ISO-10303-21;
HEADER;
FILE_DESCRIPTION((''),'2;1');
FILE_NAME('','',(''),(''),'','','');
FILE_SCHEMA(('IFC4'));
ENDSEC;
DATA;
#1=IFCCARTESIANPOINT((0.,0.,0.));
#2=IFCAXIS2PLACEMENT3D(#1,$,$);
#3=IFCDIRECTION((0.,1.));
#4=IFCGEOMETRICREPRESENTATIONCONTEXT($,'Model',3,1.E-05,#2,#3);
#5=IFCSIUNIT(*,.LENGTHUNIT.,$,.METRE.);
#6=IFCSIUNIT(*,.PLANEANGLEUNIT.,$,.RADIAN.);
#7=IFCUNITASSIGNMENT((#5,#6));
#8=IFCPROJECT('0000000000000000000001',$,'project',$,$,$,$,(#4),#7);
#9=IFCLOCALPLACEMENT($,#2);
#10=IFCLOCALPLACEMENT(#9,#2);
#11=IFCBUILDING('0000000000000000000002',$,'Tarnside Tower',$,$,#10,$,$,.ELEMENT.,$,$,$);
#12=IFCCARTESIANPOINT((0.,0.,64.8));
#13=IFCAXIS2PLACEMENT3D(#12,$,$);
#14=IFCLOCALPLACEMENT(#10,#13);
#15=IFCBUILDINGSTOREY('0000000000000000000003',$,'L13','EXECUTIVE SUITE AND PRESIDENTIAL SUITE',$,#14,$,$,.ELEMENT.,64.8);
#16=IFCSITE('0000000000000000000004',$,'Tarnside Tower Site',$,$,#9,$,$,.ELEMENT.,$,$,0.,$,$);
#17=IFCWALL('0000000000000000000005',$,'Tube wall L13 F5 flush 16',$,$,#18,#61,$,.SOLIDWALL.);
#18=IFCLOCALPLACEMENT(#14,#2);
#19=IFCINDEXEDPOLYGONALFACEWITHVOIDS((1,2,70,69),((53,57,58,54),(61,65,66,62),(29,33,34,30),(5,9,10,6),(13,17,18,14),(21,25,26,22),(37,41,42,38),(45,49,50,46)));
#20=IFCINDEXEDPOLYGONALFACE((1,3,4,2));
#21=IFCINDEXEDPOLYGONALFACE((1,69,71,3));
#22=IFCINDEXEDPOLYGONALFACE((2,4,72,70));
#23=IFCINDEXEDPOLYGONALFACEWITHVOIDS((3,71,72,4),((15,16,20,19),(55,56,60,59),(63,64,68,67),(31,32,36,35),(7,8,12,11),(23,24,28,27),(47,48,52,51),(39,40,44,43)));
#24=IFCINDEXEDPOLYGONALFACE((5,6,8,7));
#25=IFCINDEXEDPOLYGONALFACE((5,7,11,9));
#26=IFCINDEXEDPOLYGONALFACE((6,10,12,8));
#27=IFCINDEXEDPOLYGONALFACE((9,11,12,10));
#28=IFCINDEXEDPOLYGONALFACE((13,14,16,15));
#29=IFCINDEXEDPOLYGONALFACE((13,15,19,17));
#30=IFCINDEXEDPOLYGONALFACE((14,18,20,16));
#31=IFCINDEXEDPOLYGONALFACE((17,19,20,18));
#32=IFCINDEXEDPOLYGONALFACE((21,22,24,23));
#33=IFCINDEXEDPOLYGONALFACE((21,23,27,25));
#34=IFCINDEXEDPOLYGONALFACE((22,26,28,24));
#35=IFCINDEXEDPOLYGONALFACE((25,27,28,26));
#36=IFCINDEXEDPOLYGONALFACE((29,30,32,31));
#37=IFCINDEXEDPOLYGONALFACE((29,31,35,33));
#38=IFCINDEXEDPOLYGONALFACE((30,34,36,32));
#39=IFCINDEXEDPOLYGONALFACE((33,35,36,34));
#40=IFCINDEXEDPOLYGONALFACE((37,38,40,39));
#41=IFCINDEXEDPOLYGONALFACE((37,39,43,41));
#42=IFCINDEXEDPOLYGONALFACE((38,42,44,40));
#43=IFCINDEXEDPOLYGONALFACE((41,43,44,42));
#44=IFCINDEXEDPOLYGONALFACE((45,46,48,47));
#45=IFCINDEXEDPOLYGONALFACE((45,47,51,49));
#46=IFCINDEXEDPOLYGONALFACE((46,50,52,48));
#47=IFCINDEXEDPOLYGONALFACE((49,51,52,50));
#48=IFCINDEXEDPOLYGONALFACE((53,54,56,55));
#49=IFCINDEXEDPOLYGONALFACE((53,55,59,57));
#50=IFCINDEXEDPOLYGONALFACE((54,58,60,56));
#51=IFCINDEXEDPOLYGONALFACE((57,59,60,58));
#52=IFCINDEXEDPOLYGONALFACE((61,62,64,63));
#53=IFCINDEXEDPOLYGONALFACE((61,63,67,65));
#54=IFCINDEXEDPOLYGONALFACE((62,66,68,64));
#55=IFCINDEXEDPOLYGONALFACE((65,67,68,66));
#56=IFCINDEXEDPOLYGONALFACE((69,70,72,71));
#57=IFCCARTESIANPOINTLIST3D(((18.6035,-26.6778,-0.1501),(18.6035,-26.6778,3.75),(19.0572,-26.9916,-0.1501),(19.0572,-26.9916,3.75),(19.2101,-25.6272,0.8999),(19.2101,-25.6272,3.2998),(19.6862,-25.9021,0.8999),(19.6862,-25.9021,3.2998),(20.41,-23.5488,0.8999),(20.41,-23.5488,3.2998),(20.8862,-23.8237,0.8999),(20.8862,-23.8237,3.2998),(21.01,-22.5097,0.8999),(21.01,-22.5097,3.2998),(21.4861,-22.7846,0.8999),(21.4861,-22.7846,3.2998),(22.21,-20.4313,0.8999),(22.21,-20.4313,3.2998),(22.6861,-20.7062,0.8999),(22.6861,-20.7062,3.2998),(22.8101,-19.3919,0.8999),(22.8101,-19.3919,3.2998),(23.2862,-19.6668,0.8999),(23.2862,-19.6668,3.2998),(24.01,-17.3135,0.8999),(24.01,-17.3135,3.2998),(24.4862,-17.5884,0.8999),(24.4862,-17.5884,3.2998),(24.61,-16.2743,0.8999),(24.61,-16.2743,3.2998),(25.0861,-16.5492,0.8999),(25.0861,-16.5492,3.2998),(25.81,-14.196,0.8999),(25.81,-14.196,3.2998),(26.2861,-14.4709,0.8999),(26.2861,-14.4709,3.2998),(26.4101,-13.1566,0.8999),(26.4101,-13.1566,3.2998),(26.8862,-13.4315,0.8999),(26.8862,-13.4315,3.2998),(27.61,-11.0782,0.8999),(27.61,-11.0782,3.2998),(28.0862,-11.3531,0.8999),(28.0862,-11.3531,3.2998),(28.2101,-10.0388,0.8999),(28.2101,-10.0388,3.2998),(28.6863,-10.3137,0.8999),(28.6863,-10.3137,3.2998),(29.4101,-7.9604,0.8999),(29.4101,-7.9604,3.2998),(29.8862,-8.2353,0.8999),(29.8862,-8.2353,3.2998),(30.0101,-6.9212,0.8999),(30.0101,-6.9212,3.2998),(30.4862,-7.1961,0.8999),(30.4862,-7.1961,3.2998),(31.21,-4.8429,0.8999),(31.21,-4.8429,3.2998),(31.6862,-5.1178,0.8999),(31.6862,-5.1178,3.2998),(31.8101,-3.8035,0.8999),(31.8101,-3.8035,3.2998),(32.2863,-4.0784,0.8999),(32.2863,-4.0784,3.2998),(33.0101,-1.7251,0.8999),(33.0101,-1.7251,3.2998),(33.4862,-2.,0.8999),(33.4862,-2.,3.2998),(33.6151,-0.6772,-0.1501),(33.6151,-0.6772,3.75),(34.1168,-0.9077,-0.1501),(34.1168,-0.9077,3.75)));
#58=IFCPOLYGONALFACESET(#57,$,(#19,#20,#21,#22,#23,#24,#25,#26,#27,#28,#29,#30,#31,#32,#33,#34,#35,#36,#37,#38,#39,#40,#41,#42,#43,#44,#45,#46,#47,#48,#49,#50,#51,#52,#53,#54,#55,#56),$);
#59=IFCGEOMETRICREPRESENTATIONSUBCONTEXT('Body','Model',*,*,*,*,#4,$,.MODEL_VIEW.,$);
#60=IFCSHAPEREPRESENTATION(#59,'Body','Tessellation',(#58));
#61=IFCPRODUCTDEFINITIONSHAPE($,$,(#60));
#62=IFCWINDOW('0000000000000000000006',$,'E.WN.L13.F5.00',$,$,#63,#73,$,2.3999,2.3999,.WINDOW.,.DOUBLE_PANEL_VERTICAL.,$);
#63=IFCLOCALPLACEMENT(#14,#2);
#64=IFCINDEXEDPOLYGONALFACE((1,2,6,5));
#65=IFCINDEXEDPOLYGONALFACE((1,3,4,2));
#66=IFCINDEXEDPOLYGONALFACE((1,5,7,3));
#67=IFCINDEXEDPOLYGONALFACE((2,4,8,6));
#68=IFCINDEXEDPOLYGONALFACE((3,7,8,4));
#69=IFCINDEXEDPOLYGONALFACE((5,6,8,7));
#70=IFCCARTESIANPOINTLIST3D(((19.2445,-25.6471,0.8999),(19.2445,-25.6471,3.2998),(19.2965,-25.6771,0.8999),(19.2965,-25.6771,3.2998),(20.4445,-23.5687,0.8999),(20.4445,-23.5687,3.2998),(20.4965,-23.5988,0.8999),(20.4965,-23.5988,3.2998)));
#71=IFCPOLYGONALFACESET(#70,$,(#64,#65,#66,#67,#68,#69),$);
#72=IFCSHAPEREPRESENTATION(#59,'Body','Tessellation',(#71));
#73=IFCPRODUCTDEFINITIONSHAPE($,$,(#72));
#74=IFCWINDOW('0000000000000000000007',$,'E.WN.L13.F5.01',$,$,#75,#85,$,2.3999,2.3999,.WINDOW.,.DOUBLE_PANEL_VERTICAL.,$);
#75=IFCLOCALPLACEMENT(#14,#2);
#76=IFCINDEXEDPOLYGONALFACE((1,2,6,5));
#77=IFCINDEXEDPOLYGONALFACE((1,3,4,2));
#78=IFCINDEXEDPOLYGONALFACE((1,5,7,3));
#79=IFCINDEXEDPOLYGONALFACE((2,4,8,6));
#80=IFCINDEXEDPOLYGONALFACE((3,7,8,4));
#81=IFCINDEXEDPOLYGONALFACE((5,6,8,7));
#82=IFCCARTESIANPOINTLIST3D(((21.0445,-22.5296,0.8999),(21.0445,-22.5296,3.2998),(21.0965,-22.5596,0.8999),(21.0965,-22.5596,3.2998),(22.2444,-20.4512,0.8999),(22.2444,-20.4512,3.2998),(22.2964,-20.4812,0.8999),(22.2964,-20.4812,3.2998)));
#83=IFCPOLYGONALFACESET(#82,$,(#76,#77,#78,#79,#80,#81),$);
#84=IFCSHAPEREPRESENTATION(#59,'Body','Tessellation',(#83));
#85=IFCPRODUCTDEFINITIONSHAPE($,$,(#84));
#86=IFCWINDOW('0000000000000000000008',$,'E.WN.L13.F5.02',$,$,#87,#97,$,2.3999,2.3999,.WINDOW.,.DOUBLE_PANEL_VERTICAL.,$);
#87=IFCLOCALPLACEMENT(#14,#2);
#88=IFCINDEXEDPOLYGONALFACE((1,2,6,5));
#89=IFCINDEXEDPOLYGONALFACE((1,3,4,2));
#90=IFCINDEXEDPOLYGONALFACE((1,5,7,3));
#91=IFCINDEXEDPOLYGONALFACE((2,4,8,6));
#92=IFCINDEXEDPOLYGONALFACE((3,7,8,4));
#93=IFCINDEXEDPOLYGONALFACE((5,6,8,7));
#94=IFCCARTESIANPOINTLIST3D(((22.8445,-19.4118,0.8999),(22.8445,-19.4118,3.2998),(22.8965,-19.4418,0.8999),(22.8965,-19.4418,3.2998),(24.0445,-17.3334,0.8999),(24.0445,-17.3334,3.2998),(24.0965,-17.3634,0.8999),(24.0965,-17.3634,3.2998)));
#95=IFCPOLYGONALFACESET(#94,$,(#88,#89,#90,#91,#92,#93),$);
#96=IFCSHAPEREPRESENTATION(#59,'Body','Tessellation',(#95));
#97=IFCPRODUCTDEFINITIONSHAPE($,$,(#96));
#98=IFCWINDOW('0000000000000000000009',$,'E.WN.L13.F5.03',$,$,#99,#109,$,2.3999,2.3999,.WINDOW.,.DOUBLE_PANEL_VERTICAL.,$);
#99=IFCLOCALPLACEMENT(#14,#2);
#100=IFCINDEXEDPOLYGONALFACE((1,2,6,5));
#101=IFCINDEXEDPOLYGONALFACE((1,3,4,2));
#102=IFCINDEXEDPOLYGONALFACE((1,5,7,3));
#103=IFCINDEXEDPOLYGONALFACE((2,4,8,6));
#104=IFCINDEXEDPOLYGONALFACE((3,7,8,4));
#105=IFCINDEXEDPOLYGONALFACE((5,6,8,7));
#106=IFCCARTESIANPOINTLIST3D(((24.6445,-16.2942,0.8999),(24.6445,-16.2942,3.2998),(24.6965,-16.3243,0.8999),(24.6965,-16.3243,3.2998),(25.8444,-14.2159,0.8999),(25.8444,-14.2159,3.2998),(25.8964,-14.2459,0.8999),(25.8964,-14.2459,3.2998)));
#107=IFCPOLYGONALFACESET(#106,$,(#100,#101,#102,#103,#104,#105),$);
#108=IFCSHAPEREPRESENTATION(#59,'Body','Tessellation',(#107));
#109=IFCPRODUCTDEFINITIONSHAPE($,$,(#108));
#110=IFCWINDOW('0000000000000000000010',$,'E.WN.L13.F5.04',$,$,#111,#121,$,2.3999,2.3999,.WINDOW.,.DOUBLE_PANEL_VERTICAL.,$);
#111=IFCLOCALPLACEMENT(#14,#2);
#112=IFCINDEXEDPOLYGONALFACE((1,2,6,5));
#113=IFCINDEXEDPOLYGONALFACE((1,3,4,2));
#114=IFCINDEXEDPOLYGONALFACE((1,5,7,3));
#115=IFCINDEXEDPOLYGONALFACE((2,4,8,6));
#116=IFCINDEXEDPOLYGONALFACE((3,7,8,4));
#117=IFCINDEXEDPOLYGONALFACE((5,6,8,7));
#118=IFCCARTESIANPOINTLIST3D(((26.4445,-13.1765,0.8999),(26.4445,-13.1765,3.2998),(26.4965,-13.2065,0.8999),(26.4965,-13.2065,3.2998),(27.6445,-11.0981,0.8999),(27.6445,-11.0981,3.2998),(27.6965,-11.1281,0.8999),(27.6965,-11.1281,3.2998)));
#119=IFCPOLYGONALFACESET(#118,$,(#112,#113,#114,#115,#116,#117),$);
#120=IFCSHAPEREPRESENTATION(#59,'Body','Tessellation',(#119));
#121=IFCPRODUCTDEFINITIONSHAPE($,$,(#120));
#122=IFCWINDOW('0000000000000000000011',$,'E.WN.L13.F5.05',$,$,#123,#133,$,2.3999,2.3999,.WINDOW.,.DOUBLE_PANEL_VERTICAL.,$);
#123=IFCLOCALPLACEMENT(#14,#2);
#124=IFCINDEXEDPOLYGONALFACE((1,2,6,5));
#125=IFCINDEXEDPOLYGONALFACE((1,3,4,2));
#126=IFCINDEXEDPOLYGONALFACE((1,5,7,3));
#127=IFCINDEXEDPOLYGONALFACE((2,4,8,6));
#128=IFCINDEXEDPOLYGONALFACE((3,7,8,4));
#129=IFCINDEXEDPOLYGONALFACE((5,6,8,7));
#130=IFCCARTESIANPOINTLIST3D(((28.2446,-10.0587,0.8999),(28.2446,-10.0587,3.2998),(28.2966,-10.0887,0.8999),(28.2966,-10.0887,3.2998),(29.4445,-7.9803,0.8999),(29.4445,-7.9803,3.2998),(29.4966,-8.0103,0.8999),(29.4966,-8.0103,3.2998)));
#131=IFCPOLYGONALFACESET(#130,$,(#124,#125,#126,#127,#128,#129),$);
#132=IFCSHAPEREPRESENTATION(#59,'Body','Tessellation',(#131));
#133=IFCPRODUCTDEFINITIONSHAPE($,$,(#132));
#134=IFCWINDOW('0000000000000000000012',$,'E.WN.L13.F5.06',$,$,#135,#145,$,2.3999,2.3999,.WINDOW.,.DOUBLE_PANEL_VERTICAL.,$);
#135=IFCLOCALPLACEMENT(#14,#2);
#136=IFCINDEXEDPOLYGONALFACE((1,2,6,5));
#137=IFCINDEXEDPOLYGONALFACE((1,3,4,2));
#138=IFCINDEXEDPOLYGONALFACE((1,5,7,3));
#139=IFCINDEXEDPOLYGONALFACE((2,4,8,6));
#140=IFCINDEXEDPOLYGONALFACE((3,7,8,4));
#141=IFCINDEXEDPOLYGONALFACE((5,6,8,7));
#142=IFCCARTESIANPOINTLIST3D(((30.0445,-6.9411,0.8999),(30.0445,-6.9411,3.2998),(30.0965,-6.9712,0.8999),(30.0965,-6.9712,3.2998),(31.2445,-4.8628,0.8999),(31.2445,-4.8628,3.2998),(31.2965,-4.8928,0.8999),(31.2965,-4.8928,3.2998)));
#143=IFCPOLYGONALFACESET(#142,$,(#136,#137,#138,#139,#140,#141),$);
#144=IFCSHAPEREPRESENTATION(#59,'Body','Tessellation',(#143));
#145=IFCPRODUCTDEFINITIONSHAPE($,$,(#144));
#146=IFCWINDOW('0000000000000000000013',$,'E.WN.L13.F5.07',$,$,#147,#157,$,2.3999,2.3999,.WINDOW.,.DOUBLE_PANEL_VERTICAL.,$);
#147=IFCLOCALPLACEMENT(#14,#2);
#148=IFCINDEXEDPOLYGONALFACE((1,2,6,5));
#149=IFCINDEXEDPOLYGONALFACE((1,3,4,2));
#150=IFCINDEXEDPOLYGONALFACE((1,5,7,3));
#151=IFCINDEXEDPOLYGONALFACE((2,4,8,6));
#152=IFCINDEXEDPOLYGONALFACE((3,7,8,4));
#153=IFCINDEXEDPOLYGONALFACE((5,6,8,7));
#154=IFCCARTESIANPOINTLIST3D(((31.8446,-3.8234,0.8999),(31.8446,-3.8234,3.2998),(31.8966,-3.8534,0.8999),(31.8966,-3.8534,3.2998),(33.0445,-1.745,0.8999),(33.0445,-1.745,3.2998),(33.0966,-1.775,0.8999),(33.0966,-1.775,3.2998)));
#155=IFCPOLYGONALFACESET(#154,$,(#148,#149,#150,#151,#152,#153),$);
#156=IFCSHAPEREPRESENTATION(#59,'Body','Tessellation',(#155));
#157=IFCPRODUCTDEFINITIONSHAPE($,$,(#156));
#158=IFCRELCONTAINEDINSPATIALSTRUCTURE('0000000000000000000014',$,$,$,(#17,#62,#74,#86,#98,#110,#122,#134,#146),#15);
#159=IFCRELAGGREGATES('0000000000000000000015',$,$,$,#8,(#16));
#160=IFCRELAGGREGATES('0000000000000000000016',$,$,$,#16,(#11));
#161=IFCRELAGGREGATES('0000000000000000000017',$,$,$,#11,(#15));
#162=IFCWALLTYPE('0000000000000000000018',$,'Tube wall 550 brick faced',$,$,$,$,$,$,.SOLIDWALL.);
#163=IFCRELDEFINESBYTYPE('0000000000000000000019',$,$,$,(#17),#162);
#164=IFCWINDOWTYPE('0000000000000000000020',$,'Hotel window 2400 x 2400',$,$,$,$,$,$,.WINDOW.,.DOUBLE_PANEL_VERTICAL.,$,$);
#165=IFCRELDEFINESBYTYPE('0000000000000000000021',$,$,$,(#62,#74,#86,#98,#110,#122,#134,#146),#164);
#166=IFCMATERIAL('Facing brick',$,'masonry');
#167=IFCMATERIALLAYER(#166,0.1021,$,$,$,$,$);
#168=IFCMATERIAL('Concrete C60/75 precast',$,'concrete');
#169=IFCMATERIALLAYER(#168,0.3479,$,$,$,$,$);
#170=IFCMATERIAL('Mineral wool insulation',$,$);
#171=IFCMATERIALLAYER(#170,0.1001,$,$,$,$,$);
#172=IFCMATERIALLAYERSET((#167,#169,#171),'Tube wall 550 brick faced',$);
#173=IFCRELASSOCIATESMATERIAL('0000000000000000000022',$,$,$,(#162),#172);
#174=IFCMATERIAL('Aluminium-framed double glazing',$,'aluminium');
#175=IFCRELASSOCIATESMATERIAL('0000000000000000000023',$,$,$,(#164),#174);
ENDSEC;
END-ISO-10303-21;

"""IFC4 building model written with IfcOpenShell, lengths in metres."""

from ifc_helpers import new_model, si_unit, direction, frame, frame_2d, origin, place, context, subcontext, project, spatial, polyline, rectangle, outline, extrude, material, layer, layer_set, type_object, element, fill, save


model = new_model("IFC4")

# Units and contexts
model_context = context("Model", 3, precision=1e-05, world=origin(), true_north=direction((0.0, 1.0)))
body_context = subcontext(model_context, "Body", "Model", "MODEL_VIEW")
ifc_project = project(units=[si_unit("LENGTHUNIT", "METRE"), si_unit("PLANEANGLEUNIT", "RADIAN")], contexts=[model_context])

# Site, building, storey
site_placement = place(None, origin())
site = spatial("IfcSite", under=ifc_project, at=site_placement, Name="Tarnside Tower Site", CompositionType="ELEMENT", RefElevation=0.0)
building_placement = place(site_placement, origin())
building = spatial("IfcBuilding", under=site, at=building_placement, Name="Tarnside Tower", CompositionType="ELEMENT")
storey_placement = place(building_placement, frame((0.0, 0.0, 64.8)))
storey = spatial("IfcBuildingStorey", under=building, at=storey_placement, Name="L13", Description="EXECUTIVE SUITE AND PRESIDENTIAL SUITE", CompositionType="ELEMENT", Elevation=64.8)

# Shared definitions
ifc_material_1 = material(Name="Facing brick", Category="masonry")
ifc_layer_1 = layer(ifc_material_1, 0.1021)
ifc_material_2 = material(Name="Concrete C60/75 precast", Category="concrete")
ifc_layer_2 = layer(ifc_material_2, 0.3479)
ifc_material_3 = material(Name="Mineral wool insulation")
ifc_layer_3 = layer(ifc_material_3, 0.1001)
ifc_layer_set_1 = layer_set([ifc_layer_1, ifc_layer_2, ifc_layer_3], Name="Tube wall 550 brick faced")
wall_type_1 = type_object("IfcWallType", Name="Tube wall 550 brick faced", PredefinedType="SOLIDWALL", material=ifc_layer_set_1)

# Wall, openings, windows
wall_1_placement = place(storey_placement, frame((18.8303, -26.8347, -0.1501), z_axis=(0.0, 0.0, 1.0), x_axis=(0.500004, 0.866023, 0.0)))
wall_1 = element("IfcWall", 1, at=wall_1_placement, inside=storey, type_object=wall_type_1, Name="Tube wall L13 F5 flush 16", PredefinedType="SOLIDWALL", context=body_context, shape_type="SweptSolid", body=[
    extrude(outline(polyline([(-0.0225, -0.2749), (30.0967, -0.2749), (30.0454, 0.2749), (0.0225, 0.2749), (-0.0225, -0.2749)])), origin(), (0.0, 0.0, 1.0), 3.9001),
])
opening_1_placement = place(wall_1_placement, frame((1.2356, 0.0, 1.05)))
opening_1 = element("IfcOpeningElement", 2, at=opening_1_placement, cuts=wall_1, PredefinedType="OPENING", context=body_context, shape_type="SweptSolid", body=[
    extrude(rectangle(XDim=2.3999, YDim=2.3999, at=frame_2d((1.2, 1.2))), frame((0.0, 0.2852, 0.0), z_axis=(0.0, -1.0, 0.0), x_axis=(1.0, 0.0, 0.0)), (0.0, 0.0, 1.0), 0.5701),
])
opening_2_placement = place(wall_1_placement, frame((4.8354, 0.0, 1.05)))
opening_2 = element("IfcOpeningElement", 3, at=opening_2_placement, cuts=wall_1, PredefinedType="OPENING", context=body_context, shape_type="SweptSolid", body=[
    extrude(rectangle(XDim=2.3999, YDim=2.3999, at=frame_2d((1.2, 1.2))), frame((0.0, 0.2852, 0.0), z_axis=(0.0, -1.0, 0.0), x_axis=(1.0, 0.0, 0.0)), (0.0, 0.0, 1.0), 0.5701),
])
opening_3_placement = place(wall_1_placement, frame((8.4355, 0.0, 1.05)))
opening_3 = element("IfcOpeningElement", 4, at=opening_3_placement, cuts=wall_1, PredefinedType="OPENING", context=body_context, shape_type="SweptSolid", body=[
    extrude(rectangle(XDim=2.3999, YDim=2.3999, at=frame_2d((1.2, 1.2))), frame((0.0, 0.2852, 0.0), z_axis=(0.0, -1.0, 0.0), x_axis=(1.0, 0.0, 0.0)), (0.0, 0.0, 1.0), 0.5701),
])
opening_4_placement = place(wall_1_placement, frame((12.0354, 0.0, 1.05)))
opening_4 = element("IfcOpeningElement", 5, at=opening_4_placement, cuts=wall_1, PredefinedType="OPENING", context=body_context, shape_type="SweptSolid", body=[
    extrude(rectangle(XDim=2.3999, YDim=2.3999, at=frame_2d((1.2, 1.2))), frame((0.0, 0.2852, 0.0), z_axis=(0.0, -1.0, 0.0), x_axis=(1.0, 0.0, 0.0)), (0.0, 0.0, 1.0), 0.5701),
])
opening_5_placement = place(wall_1_placement, frame((15.6355, 0.0, 1.05)))
opening_5 = element("IfcOpeningElement", 6, at=opening_5_placement, cuts=wall_1, PredefinedType="OPENING", context=body_context, shape_type="SweptSolid", body=[
    extrude(rectangle(XDim=2.3999, YDim=2.3999, at=frame_2d((1.2, 1.2))), frame((0.0, 0.2852, 0.0), z_axis=(0.0, -1.0, 0.0), x_axis=(1.0, 0.0, 0.0)), (0.0, 0.0, 1.0), 0.5701),
])
opening_6_placement = place(wall_1_placement, frame((19.2356, 0.0, 1.05)))
opening_6 = element("IfcOpeningElement", 7, at=opening_6_placement, cuts=wall_1, PredefinedType="OPENING", context=body_context, shape_type="SweptSolid", body=[
    extrude(rectangle(XDim=2.3999, YDim=2.3999, at=frame_2d((1.2, 1.2))), frame((0.0, 0.2852, 0.0), z_axis=(0.0, -1.0, 0.0), x_axis=(1.0, 0.0, 0.0)), (0.0, 0.0, 1.0), 0.5701),
])
opening_7_placement = place(wall_1_placement, frame((22.8354, 0.0, 1.05)))
opening_7 = element("IfcOpeningElement", 8, at=opening_7_placement, cuts=wall_1, PredefinedType="OPENING", context=body_context, shape_type="SweptSolid", body=[
    extrude(rectangle(XDim=2.3999, YDim=2.3999, at=frame_2d((1.2, 1.2))), frame((0.0, 0.2852, 0.0), z_axis=(0.0, -1.0, 0.0), x_axis=(1.0, 0.0, 0.0)), (0.0, 0.0, 1.0), 0.5701),
])
opening_8_placement = place(wall_1_placement, frame((26.4355, 0.0, 1.05)))
opening_8 = element("IfcOpeningElement", 9, at=opening_8_placement, cuts=wall_1, PredefinedType="OPENING", context=body_context, shape_type="SweptSolid", body=[
    extrude(rectangle(XDim=2.3999, YDim=2.3999, at=frame_2d((1.2, 1.2))), frame((0.0, 0.2852, 0.0), z_axis=(0.0, -1.0, 0.0), x_axis=(1.0, 0.0, 0.0)), (0.0, 0.0, 1.0), 0.5701),
])
ifc_material_4 = material(Name="Aluminium-framed double glazing", Category="aluminium")
window_type = type_object("IfcWindowType", Name="Hotel window 2400 x 2400", PartitioningType="DOUBLE_PANEL_VERTICAL", PredefinedType="WINDOW", material=ifc_material_4)
window_1_placement = place(opening_1_placement, frame((0.0, 0.2051, 0.0)))
window_1 = element("IfcWindow", 10, at=window_1_placement, inside=storey, type_object=window_type, Name="E.WN.L13.F5.00", OverallHeight=2.3999, OverallWidth=2.3999, PartitioningType="DOUBLE_PANEL_VERTICAL", PredefinedType="WINDOW", context=body_context, shape_type="SweptSolid", body=[
    extrude(rectangle(XDim=2.3999, YDim=2.3999, at=frame_2d((1.2, 1.2))), frame((0.0, 0.03, 0.0), z_axis=(0.0, -1.0, 0.0), x_axis=(1.0, 0.0, 0.0)), (0.0, 0.0, 1.0), 0.0601),
])
fill(opening_1, window_1)
window_2_placement = place(opening_2_placement, frame((0.0, 0.2051, 0.0)))
window_2 = element("IfcWindow", 11, at=window_2_placement, inside=storey, type_object=window_type, Name="E.WN.L13.F5.01", OverallHeight=2.3999, OverallWidth=2.3999, PartitioningType="DOUBLE_PANEL_VERTICAL", PredefinedType="WINDOW", context=body_context, shape_type="SweptSolid", body=[
    extrude(rectangle(XDim=2.3999, YDim=2.3999, at=frame_2d((1.2, 1.2))), frame((0.0, 0.03, 0.0), z_axis=(0.0, -1.0, 0.0), x_axis=(1.0, 0.0, 0.0)), (0.0, 0.0, 1.0), 0.0601),
])
fill(opening_2, window_2)
window_3_placement = place(opening_3_placement, frame((0.0, 0.2051, 0.0)))
window_3 = element("IfcWindow", 12, at=window_3_placement, inside=storey, type_object=window_type, Name="E.WN.L13.F5.02", OverallHeight=2.3999, OverallWidth=2.3999, PartitioningType="DOUBLE_PANEL_VERTICAL", PredefinedType="WINDOW", context=body_context, shape_type="SweptSolid", body=[
    extrude(rectangle(XDim=2.3999, YDim=2.3999, at=frame_2d((1.2, 1.2))), frame((0.0, 0.03, 0.0), z_axis=(0.0, -1.0, 0.0), x_axis=(1.0, 0.0, 0.0)), (0.0, 0.0, 1.0), 0.0601),
])
fill(opening_3, window_3)
window_4_placement = place(opening_4_placement, frame((0.0, 0.2051, 0.0)))
window_4 = element("IfcWindow", 13, at=window_4_placement, inside=storey, type_object=window_type, Name="E.WN.L13.F5.03", OverallHeight=2.3999, OverallWidth=2.3999, PartitioningType="DOUBLE_PANEL_VERTICAL", PredefinedType="WINDOW", context=body_context, shape_type="SweptSolid", body=[
    extrude(rectangle(XDim=2.3999, YDim=2.3999, at=frame_2d((1.2, 1.2))), frame((0.0, 0.03, 0.0), z_axis=(0.0, -1.0, 0.0), x_axis=(1.0, 0.0, 0.0)), (0.0, 0.0, 1.0), 0.0601),
])
fill(opening_4, window_4)
window_5_placement = place(opening_5_placement, frame((0.0, 0.2051, 0.0)))
window_5 = element("IfcWindow", 14, at=window_5_placement, inside=storey, type_object=window_type, Name="E.WN.L13.F5.04", OverallHeight=2.3999, OverallWidth=2.3999, PartitioningType="DOUBLE_PANEL_VERTICAL", PredefinedType="WINDOW", context=body_context, shape_type="SweptSolid", body=[
    extrude(rectangle(XDim=2.3999, YDim=2.3999, at=frame_2d((1.2, 1.2))), frame((0.0, 0.03, 0.0), z_axis=(0.0, -1.0, 0.0), x_axis=(1.0, 0.0, 0.0)), (0.0, 0.0, 1.0), 0.0601),
])
fill(opening_5, window_5)
window_6_placement = place(opening_6_placement, frame((0.0, 0.2051, 0.0)))
window_6 = element("IfcWindow", 15, at=window_6_placement, inside=storey, type_object=window_type, Name="E.WN.L13.F5.05", OverallHeight=2.3999, OverallWidth=2.3999, PartitioningType="DOUBLE_PANEL_VERTICAL", PredefinedType="WINDOW", context=body_context, shape_type="SweptSolid", body=[
    extrude(rectangle(XDim=2.3999, YDim=2.3999, at=frame_2d((1.2, 1.2))), frame((0.0, 0.03, 0.0), z_axis=(0.0, -1.0, 0.0), x_axis=(1.0, 0.0, 0.0)), (0.0, 0.0, 1.0), 0.0601),
])
fill(opening_6, window_6)
window_7_placement = place(opening_7_placement, frame((0.0, 0.2051, 0.0)))
window_7 = element("IfcWindow", 16, at=window_7_placement, inside=storey, type_object=window_type, Name="E.WN.L13.F5.06", OverallHeight=2.3999, OverallWidth=2.3999, PartitioningType="DOUBLE_PANEL_VERTICAL", PredefinedType="WINDOW", context=body_context, shape_type="SweptSolid", body=[
    extrude(rectangle(XDim=2.3999, YDim=2.3999, at=frame_2d((1.2, 1.2))), frame((0.0, 0.03, 0.0), z_axis=(0.0, -1.0, 0.0), x_axis=(1.0, 0.0, 0.0)), (0.0, 0.0, 1.0), 0.0601),
])
fill(opening_7, window_7)
window_8_placement = place(opening_8_placement, frame((0.0, 0.2051, 0.0)))
window_8 = element("IfcWindow", 17, at=window_8_placement, inside=storey, type_object=window_type, Name="E.WN.L13.F5.07", OverallHeight=2.3999, OverallWidth=2.3999, PartitioningType="DOUBLE_PANEL_VERTICAL", PredefinedType="WINDOW", context=body_context, shape_type="SweptSolid", body=[
    extrude(rectangle(XDim=2.3999, YDim=2.3999, at=frame_2d((1.2, 1.2))), frame((0.0, 0.03, 0.0), z_axis=(0.0, -1.0, 0.0), x_axis=(1.0, 0.0, 0.0)), (0.0, 0.0, 1.0), 0.0601),
])
fill(opening_8, window_8)

save(model, "model.ifc")
